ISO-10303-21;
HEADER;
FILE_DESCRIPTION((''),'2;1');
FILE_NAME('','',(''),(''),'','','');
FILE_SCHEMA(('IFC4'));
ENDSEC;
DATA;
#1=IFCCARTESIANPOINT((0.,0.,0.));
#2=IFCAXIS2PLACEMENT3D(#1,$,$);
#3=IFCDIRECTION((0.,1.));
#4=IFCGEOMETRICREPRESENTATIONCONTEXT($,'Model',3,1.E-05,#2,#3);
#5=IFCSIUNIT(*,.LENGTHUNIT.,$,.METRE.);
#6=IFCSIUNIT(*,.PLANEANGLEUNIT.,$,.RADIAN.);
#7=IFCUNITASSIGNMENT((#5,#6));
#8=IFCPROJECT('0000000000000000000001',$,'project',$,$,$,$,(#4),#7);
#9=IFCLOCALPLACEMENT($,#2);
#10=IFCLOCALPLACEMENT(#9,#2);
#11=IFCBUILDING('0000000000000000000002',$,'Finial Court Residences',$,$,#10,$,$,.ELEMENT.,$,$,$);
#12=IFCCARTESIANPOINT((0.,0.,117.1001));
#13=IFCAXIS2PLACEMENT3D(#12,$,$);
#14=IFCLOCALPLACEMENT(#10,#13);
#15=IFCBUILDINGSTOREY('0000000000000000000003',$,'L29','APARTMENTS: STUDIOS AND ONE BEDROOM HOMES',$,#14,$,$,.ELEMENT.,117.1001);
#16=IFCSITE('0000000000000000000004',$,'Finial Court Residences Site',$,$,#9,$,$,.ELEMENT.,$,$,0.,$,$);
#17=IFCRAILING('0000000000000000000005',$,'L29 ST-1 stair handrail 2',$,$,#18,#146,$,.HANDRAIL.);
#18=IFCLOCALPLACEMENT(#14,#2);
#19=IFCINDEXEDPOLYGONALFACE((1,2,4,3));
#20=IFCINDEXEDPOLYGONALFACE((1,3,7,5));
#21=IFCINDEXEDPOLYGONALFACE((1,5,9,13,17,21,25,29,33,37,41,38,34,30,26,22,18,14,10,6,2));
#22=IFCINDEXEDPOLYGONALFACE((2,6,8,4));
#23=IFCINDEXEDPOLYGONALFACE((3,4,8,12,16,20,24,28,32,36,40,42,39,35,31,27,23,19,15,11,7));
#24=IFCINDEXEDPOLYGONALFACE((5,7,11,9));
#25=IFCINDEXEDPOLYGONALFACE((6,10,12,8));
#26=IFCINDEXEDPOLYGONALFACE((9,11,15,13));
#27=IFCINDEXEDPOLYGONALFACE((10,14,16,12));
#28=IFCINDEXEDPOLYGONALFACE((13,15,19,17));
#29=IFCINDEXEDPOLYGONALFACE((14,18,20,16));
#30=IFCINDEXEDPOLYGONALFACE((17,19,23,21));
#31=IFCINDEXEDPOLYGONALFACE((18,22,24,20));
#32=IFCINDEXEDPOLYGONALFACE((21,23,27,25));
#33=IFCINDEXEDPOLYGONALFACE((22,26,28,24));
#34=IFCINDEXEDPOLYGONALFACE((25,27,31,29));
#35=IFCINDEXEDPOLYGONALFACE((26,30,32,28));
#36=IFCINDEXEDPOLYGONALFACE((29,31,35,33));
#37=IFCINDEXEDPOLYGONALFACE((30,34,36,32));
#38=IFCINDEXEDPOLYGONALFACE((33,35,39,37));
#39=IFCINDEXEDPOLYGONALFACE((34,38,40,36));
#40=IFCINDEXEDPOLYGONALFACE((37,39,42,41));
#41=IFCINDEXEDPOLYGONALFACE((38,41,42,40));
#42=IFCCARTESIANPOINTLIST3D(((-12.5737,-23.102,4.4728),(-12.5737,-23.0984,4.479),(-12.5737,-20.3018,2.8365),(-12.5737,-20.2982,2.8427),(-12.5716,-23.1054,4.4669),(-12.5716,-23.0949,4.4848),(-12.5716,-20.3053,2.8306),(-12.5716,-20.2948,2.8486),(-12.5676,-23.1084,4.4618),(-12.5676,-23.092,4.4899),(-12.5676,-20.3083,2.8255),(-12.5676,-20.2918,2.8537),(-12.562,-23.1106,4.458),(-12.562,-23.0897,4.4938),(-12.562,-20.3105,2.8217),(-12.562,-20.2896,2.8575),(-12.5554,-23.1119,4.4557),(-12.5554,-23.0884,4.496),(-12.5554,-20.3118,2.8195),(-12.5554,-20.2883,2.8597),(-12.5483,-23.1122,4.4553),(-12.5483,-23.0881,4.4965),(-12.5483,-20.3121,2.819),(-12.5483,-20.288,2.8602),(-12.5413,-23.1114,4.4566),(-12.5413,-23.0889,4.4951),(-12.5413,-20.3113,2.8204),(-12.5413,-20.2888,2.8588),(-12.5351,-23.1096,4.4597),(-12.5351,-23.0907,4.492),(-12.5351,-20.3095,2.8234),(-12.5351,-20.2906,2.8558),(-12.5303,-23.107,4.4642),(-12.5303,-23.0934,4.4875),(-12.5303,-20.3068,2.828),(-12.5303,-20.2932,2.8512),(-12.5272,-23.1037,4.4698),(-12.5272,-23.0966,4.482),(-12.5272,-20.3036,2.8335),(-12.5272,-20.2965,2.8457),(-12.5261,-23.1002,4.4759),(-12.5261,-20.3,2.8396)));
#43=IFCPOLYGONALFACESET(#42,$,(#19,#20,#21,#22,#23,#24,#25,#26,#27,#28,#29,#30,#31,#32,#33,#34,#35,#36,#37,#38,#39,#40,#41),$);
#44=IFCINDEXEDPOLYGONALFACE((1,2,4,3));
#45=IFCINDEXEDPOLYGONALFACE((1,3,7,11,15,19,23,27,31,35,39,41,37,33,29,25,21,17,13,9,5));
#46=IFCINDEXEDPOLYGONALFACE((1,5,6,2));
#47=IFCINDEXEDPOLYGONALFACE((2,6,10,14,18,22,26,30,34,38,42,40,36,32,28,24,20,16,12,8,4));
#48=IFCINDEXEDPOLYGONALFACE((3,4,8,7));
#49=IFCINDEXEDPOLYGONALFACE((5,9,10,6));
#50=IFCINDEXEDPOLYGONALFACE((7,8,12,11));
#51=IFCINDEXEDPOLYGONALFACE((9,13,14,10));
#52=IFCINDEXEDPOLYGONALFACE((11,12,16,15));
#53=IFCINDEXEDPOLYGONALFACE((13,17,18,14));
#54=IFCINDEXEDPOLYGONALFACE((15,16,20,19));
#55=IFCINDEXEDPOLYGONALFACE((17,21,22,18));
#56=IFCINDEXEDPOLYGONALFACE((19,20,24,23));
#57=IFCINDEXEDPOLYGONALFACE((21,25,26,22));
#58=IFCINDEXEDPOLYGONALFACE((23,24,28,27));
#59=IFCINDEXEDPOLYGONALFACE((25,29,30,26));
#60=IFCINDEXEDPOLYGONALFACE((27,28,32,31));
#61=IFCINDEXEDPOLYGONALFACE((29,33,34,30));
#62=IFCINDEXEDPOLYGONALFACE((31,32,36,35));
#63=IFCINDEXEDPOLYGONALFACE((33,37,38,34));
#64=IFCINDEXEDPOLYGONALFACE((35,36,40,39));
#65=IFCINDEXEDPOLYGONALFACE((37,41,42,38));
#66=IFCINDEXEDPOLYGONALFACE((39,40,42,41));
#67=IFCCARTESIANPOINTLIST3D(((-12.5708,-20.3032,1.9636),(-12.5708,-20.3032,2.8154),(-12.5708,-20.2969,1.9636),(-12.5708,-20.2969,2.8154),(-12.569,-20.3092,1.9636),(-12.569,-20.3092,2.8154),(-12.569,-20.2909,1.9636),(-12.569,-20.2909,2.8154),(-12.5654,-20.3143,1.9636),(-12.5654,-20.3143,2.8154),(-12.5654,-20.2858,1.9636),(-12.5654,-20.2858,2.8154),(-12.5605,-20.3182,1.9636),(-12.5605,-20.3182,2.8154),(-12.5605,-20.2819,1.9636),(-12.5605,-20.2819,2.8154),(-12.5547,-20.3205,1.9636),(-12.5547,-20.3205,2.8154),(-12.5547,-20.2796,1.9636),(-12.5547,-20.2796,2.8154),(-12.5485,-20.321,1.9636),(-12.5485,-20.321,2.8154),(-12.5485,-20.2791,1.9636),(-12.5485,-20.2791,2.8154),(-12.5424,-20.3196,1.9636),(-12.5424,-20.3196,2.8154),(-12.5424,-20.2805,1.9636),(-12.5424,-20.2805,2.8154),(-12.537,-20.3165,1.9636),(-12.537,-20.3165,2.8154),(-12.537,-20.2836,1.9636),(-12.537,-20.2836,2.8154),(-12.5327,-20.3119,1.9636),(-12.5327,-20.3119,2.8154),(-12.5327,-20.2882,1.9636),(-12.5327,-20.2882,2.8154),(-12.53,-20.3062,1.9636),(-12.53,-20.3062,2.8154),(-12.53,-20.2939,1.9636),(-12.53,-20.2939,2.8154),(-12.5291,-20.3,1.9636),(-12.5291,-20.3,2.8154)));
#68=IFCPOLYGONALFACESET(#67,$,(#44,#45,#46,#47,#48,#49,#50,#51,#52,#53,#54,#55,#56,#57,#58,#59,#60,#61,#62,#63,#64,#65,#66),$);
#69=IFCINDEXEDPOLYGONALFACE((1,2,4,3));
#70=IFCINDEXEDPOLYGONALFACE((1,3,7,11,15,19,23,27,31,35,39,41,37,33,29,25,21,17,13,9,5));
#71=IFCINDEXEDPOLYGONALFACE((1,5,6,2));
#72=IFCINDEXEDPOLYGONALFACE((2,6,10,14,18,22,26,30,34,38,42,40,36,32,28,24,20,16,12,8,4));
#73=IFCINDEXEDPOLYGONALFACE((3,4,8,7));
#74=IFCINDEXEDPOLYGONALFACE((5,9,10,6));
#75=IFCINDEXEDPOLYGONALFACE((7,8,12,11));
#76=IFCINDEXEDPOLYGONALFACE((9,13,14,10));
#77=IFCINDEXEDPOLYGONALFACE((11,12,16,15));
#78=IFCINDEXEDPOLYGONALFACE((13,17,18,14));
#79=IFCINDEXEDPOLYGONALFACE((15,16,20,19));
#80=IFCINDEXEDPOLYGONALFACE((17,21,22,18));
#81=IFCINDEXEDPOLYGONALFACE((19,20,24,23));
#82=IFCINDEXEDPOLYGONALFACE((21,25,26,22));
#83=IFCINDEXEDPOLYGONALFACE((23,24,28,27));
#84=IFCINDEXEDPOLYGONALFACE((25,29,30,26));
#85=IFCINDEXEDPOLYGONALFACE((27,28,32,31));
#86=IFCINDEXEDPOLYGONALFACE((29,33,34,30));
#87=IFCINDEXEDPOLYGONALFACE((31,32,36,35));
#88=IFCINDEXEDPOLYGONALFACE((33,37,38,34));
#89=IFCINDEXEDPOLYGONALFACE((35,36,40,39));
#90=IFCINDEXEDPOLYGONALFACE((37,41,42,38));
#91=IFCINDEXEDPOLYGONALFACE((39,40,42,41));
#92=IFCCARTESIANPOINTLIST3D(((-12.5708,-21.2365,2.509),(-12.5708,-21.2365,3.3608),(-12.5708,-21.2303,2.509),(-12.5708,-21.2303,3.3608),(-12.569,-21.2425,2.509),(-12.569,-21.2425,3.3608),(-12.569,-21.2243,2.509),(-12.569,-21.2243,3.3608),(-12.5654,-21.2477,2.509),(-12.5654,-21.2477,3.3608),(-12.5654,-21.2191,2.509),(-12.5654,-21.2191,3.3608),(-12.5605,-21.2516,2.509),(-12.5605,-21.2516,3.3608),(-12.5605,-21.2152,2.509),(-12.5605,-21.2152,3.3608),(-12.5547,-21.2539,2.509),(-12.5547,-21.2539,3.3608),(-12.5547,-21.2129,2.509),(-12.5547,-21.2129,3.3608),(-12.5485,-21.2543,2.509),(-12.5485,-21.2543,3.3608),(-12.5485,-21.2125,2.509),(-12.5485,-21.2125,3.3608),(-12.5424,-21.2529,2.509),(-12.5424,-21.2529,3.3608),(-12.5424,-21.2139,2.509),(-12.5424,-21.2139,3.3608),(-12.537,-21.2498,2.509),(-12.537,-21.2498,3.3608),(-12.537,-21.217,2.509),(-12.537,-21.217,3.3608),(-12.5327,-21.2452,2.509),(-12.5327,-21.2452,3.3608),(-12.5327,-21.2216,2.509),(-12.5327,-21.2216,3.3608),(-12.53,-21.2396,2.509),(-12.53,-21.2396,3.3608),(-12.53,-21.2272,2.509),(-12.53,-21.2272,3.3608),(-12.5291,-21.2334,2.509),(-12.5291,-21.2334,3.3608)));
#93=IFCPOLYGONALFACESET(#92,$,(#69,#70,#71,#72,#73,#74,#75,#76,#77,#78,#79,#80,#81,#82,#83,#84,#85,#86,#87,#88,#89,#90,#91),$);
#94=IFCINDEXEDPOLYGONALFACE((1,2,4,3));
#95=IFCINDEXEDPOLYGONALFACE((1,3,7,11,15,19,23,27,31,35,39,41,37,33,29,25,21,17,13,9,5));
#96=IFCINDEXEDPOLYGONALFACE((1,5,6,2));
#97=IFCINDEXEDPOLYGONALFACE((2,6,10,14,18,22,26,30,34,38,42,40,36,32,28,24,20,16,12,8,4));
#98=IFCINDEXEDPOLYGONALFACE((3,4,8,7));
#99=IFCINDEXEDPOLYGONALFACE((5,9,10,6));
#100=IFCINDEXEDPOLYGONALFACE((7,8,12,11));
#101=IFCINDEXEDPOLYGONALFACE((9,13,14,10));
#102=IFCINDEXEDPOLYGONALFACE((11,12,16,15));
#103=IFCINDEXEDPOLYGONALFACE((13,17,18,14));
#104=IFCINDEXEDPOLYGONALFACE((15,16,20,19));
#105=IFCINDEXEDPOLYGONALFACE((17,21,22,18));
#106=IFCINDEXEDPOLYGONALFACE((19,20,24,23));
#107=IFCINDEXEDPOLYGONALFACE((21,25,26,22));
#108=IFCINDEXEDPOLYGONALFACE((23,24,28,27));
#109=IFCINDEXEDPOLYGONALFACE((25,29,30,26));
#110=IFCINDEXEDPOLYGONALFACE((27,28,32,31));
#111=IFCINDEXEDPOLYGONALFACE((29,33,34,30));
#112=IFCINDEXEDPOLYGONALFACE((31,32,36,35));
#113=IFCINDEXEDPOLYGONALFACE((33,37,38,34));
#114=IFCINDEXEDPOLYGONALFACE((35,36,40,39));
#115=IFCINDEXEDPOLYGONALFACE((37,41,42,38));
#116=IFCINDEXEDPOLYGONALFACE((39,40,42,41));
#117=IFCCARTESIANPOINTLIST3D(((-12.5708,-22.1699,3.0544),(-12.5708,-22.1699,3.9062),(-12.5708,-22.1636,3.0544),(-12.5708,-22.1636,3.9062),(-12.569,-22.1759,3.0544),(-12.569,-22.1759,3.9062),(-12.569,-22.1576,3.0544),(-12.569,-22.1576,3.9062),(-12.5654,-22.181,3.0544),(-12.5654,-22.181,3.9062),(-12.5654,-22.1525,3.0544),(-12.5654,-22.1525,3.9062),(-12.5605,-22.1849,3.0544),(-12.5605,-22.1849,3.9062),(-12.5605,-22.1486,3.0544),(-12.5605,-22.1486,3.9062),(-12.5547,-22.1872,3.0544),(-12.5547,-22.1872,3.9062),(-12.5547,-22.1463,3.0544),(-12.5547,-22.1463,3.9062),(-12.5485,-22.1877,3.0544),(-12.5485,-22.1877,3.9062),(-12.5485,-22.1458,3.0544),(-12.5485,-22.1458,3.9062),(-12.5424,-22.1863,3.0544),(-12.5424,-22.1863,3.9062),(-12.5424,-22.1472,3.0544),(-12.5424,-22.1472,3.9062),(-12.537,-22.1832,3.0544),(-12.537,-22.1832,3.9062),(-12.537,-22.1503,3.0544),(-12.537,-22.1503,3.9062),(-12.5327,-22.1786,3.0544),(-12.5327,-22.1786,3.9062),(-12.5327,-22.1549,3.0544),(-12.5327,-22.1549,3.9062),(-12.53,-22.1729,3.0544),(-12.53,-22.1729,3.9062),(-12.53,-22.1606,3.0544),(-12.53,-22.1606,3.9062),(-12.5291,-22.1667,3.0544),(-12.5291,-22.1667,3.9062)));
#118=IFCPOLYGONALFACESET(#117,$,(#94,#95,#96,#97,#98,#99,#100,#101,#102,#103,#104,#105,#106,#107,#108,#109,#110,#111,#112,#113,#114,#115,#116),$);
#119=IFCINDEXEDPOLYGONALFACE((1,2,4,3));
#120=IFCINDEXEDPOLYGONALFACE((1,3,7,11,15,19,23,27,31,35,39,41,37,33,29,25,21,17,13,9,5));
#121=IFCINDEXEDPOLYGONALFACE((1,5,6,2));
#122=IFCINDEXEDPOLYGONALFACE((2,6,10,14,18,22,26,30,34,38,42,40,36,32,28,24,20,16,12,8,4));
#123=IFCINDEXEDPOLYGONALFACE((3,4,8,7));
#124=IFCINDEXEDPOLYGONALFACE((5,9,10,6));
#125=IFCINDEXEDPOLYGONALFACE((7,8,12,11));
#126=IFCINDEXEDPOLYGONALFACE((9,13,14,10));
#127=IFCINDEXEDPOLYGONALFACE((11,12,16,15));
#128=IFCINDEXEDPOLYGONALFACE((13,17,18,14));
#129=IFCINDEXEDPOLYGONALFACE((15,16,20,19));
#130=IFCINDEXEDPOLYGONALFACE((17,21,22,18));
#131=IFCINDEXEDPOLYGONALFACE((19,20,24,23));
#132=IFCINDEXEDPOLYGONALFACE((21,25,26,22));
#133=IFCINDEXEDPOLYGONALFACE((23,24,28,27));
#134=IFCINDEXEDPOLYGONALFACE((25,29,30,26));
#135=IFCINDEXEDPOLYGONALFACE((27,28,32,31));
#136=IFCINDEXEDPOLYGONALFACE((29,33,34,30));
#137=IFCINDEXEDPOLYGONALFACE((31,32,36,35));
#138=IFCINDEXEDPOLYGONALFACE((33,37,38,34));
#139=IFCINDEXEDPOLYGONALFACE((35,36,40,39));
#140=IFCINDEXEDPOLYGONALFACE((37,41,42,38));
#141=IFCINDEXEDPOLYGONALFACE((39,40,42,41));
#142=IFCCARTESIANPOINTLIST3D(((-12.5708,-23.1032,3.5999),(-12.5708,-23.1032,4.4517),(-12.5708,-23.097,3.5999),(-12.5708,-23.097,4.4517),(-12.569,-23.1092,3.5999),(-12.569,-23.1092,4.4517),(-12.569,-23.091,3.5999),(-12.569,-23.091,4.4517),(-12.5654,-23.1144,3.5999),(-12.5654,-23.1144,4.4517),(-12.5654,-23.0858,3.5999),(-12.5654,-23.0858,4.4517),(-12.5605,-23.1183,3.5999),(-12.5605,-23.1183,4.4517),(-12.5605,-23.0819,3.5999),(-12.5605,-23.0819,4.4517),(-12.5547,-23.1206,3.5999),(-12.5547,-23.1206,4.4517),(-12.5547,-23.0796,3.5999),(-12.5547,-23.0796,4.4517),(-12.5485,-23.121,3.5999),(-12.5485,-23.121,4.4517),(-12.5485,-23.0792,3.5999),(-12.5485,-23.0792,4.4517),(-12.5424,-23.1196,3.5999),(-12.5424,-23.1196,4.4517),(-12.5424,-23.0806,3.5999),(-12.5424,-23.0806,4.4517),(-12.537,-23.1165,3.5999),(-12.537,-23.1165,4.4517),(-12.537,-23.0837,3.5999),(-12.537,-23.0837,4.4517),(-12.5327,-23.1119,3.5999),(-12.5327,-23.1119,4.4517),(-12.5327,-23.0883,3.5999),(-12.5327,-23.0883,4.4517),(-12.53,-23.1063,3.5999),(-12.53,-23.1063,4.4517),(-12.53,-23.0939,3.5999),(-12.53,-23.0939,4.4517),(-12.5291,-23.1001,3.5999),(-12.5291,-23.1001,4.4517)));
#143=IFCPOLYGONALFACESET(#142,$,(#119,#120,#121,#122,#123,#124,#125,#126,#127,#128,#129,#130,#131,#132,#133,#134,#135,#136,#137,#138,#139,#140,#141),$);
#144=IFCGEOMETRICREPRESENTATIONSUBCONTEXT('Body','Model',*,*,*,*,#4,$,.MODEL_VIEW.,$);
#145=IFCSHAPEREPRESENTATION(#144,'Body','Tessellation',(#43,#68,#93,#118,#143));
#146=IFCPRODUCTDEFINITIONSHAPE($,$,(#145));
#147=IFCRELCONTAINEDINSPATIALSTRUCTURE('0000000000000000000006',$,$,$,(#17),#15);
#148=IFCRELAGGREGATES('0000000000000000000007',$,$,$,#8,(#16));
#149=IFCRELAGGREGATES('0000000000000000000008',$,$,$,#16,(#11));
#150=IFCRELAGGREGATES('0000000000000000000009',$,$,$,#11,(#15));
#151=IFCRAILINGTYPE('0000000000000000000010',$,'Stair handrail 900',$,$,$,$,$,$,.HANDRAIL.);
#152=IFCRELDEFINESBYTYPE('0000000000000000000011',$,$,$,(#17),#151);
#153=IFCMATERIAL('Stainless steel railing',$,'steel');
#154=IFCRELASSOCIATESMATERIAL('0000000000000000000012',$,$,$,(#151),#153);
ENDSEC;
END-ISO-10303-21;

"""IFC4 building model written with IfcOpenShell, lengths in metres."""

from ifc_helpers import new_model, si_unit, direction, frame, origin, origin_2d, place, context, subcontext, project, spatial, circle, extrude, material, type_object, element, save


model = new_model("IFC4")

# Units and contexts
model_context = context("Model", 3, precision=1e-05, world=origin(), true_north=direction((0.0, 1.0)))
body_context = subcontext(model_context, "Body", "Model", "MODEL_VIEW")
ifc_project = project(units=[si_unit("LENGTHUNIT", "METRE"), si_unit("PLANEANGLEUNIT", "RADIAN")], contexts=[model_context])

# Site, building, storey
site_placement = place(None, origin())
site = spatial("IfcSite", under=ifc_project, at=site_placement, Name="Finial Court Residences Site", CompositionType="ELEMENT", RefElevation=0.0)
building_placement = place(site_placement, origin())
building = spatial("IfcBuilding", under=site, at=building_placement, Name="Finial Court Residences", CompositionType="ELEMENT")
storey_placement = place(building_placement, frame((0.0, 0.0, 117.1001)))
storey = spatial("IfcBuildingStorey", under=building, at=storey_placement, Name="L29", Description="APARTMENTS: STUDIOS AND ONE BEDROOM HOMES", CompositionType="ELEMENT", Elevation=117.1001)

# Railing
ifc_material_1 = material(Name="Stainless steel railing", Category="steel")
railing_type = type_object("IfcRailingType", Name="Stair handrail 900", PredefinedType="HANDRAIL", material=ifc_material_1)
railing_placement = place(storey_placement, frame((-12.55, -20.3, 1.9636)))
element("IfcRailing", 1, at=railing_placement, inside=storey, type_object=railing_type, Name="L29 ST-1 stair handrail 2", PredefinedType="HANDRAIL", context=body_context, shape_type="SweptSolid", body=[
    extrude(circle(Radius=0.0239, at=origin_2d()), frame((0.0, 0.0, 0.876), z_axis=(0.0, -0.863394, 0.504531), x_axis=(1.0, 0.0, 0.0)), (0.0, 0.0, 1.0), 3.2432),
    extrude(circle(Radius=0.021, at=origin_2d()), origin(), (0.0, 0.0, 1.0), 0.8518),
    extrude(circle(Radius=0.021, at=origin_2d()), frame((0.0, -0.9333, 0.5454)), (0.0, 0.0, 1.0), 0.8518),
    extrude(circle(Radius=0.021, at=origin_2d()), frame((0.0, -1.8667, 1.0908)), (0.0, 0.0, 1.0), 0.8518),
    extrude(circle(Radius=0.021, at=origin_2d()), frame((0.0, -2.8, 1.6362)), (0.0, 0.0, 1.0), 0.8518),
])

save(model, "model.ifc")
